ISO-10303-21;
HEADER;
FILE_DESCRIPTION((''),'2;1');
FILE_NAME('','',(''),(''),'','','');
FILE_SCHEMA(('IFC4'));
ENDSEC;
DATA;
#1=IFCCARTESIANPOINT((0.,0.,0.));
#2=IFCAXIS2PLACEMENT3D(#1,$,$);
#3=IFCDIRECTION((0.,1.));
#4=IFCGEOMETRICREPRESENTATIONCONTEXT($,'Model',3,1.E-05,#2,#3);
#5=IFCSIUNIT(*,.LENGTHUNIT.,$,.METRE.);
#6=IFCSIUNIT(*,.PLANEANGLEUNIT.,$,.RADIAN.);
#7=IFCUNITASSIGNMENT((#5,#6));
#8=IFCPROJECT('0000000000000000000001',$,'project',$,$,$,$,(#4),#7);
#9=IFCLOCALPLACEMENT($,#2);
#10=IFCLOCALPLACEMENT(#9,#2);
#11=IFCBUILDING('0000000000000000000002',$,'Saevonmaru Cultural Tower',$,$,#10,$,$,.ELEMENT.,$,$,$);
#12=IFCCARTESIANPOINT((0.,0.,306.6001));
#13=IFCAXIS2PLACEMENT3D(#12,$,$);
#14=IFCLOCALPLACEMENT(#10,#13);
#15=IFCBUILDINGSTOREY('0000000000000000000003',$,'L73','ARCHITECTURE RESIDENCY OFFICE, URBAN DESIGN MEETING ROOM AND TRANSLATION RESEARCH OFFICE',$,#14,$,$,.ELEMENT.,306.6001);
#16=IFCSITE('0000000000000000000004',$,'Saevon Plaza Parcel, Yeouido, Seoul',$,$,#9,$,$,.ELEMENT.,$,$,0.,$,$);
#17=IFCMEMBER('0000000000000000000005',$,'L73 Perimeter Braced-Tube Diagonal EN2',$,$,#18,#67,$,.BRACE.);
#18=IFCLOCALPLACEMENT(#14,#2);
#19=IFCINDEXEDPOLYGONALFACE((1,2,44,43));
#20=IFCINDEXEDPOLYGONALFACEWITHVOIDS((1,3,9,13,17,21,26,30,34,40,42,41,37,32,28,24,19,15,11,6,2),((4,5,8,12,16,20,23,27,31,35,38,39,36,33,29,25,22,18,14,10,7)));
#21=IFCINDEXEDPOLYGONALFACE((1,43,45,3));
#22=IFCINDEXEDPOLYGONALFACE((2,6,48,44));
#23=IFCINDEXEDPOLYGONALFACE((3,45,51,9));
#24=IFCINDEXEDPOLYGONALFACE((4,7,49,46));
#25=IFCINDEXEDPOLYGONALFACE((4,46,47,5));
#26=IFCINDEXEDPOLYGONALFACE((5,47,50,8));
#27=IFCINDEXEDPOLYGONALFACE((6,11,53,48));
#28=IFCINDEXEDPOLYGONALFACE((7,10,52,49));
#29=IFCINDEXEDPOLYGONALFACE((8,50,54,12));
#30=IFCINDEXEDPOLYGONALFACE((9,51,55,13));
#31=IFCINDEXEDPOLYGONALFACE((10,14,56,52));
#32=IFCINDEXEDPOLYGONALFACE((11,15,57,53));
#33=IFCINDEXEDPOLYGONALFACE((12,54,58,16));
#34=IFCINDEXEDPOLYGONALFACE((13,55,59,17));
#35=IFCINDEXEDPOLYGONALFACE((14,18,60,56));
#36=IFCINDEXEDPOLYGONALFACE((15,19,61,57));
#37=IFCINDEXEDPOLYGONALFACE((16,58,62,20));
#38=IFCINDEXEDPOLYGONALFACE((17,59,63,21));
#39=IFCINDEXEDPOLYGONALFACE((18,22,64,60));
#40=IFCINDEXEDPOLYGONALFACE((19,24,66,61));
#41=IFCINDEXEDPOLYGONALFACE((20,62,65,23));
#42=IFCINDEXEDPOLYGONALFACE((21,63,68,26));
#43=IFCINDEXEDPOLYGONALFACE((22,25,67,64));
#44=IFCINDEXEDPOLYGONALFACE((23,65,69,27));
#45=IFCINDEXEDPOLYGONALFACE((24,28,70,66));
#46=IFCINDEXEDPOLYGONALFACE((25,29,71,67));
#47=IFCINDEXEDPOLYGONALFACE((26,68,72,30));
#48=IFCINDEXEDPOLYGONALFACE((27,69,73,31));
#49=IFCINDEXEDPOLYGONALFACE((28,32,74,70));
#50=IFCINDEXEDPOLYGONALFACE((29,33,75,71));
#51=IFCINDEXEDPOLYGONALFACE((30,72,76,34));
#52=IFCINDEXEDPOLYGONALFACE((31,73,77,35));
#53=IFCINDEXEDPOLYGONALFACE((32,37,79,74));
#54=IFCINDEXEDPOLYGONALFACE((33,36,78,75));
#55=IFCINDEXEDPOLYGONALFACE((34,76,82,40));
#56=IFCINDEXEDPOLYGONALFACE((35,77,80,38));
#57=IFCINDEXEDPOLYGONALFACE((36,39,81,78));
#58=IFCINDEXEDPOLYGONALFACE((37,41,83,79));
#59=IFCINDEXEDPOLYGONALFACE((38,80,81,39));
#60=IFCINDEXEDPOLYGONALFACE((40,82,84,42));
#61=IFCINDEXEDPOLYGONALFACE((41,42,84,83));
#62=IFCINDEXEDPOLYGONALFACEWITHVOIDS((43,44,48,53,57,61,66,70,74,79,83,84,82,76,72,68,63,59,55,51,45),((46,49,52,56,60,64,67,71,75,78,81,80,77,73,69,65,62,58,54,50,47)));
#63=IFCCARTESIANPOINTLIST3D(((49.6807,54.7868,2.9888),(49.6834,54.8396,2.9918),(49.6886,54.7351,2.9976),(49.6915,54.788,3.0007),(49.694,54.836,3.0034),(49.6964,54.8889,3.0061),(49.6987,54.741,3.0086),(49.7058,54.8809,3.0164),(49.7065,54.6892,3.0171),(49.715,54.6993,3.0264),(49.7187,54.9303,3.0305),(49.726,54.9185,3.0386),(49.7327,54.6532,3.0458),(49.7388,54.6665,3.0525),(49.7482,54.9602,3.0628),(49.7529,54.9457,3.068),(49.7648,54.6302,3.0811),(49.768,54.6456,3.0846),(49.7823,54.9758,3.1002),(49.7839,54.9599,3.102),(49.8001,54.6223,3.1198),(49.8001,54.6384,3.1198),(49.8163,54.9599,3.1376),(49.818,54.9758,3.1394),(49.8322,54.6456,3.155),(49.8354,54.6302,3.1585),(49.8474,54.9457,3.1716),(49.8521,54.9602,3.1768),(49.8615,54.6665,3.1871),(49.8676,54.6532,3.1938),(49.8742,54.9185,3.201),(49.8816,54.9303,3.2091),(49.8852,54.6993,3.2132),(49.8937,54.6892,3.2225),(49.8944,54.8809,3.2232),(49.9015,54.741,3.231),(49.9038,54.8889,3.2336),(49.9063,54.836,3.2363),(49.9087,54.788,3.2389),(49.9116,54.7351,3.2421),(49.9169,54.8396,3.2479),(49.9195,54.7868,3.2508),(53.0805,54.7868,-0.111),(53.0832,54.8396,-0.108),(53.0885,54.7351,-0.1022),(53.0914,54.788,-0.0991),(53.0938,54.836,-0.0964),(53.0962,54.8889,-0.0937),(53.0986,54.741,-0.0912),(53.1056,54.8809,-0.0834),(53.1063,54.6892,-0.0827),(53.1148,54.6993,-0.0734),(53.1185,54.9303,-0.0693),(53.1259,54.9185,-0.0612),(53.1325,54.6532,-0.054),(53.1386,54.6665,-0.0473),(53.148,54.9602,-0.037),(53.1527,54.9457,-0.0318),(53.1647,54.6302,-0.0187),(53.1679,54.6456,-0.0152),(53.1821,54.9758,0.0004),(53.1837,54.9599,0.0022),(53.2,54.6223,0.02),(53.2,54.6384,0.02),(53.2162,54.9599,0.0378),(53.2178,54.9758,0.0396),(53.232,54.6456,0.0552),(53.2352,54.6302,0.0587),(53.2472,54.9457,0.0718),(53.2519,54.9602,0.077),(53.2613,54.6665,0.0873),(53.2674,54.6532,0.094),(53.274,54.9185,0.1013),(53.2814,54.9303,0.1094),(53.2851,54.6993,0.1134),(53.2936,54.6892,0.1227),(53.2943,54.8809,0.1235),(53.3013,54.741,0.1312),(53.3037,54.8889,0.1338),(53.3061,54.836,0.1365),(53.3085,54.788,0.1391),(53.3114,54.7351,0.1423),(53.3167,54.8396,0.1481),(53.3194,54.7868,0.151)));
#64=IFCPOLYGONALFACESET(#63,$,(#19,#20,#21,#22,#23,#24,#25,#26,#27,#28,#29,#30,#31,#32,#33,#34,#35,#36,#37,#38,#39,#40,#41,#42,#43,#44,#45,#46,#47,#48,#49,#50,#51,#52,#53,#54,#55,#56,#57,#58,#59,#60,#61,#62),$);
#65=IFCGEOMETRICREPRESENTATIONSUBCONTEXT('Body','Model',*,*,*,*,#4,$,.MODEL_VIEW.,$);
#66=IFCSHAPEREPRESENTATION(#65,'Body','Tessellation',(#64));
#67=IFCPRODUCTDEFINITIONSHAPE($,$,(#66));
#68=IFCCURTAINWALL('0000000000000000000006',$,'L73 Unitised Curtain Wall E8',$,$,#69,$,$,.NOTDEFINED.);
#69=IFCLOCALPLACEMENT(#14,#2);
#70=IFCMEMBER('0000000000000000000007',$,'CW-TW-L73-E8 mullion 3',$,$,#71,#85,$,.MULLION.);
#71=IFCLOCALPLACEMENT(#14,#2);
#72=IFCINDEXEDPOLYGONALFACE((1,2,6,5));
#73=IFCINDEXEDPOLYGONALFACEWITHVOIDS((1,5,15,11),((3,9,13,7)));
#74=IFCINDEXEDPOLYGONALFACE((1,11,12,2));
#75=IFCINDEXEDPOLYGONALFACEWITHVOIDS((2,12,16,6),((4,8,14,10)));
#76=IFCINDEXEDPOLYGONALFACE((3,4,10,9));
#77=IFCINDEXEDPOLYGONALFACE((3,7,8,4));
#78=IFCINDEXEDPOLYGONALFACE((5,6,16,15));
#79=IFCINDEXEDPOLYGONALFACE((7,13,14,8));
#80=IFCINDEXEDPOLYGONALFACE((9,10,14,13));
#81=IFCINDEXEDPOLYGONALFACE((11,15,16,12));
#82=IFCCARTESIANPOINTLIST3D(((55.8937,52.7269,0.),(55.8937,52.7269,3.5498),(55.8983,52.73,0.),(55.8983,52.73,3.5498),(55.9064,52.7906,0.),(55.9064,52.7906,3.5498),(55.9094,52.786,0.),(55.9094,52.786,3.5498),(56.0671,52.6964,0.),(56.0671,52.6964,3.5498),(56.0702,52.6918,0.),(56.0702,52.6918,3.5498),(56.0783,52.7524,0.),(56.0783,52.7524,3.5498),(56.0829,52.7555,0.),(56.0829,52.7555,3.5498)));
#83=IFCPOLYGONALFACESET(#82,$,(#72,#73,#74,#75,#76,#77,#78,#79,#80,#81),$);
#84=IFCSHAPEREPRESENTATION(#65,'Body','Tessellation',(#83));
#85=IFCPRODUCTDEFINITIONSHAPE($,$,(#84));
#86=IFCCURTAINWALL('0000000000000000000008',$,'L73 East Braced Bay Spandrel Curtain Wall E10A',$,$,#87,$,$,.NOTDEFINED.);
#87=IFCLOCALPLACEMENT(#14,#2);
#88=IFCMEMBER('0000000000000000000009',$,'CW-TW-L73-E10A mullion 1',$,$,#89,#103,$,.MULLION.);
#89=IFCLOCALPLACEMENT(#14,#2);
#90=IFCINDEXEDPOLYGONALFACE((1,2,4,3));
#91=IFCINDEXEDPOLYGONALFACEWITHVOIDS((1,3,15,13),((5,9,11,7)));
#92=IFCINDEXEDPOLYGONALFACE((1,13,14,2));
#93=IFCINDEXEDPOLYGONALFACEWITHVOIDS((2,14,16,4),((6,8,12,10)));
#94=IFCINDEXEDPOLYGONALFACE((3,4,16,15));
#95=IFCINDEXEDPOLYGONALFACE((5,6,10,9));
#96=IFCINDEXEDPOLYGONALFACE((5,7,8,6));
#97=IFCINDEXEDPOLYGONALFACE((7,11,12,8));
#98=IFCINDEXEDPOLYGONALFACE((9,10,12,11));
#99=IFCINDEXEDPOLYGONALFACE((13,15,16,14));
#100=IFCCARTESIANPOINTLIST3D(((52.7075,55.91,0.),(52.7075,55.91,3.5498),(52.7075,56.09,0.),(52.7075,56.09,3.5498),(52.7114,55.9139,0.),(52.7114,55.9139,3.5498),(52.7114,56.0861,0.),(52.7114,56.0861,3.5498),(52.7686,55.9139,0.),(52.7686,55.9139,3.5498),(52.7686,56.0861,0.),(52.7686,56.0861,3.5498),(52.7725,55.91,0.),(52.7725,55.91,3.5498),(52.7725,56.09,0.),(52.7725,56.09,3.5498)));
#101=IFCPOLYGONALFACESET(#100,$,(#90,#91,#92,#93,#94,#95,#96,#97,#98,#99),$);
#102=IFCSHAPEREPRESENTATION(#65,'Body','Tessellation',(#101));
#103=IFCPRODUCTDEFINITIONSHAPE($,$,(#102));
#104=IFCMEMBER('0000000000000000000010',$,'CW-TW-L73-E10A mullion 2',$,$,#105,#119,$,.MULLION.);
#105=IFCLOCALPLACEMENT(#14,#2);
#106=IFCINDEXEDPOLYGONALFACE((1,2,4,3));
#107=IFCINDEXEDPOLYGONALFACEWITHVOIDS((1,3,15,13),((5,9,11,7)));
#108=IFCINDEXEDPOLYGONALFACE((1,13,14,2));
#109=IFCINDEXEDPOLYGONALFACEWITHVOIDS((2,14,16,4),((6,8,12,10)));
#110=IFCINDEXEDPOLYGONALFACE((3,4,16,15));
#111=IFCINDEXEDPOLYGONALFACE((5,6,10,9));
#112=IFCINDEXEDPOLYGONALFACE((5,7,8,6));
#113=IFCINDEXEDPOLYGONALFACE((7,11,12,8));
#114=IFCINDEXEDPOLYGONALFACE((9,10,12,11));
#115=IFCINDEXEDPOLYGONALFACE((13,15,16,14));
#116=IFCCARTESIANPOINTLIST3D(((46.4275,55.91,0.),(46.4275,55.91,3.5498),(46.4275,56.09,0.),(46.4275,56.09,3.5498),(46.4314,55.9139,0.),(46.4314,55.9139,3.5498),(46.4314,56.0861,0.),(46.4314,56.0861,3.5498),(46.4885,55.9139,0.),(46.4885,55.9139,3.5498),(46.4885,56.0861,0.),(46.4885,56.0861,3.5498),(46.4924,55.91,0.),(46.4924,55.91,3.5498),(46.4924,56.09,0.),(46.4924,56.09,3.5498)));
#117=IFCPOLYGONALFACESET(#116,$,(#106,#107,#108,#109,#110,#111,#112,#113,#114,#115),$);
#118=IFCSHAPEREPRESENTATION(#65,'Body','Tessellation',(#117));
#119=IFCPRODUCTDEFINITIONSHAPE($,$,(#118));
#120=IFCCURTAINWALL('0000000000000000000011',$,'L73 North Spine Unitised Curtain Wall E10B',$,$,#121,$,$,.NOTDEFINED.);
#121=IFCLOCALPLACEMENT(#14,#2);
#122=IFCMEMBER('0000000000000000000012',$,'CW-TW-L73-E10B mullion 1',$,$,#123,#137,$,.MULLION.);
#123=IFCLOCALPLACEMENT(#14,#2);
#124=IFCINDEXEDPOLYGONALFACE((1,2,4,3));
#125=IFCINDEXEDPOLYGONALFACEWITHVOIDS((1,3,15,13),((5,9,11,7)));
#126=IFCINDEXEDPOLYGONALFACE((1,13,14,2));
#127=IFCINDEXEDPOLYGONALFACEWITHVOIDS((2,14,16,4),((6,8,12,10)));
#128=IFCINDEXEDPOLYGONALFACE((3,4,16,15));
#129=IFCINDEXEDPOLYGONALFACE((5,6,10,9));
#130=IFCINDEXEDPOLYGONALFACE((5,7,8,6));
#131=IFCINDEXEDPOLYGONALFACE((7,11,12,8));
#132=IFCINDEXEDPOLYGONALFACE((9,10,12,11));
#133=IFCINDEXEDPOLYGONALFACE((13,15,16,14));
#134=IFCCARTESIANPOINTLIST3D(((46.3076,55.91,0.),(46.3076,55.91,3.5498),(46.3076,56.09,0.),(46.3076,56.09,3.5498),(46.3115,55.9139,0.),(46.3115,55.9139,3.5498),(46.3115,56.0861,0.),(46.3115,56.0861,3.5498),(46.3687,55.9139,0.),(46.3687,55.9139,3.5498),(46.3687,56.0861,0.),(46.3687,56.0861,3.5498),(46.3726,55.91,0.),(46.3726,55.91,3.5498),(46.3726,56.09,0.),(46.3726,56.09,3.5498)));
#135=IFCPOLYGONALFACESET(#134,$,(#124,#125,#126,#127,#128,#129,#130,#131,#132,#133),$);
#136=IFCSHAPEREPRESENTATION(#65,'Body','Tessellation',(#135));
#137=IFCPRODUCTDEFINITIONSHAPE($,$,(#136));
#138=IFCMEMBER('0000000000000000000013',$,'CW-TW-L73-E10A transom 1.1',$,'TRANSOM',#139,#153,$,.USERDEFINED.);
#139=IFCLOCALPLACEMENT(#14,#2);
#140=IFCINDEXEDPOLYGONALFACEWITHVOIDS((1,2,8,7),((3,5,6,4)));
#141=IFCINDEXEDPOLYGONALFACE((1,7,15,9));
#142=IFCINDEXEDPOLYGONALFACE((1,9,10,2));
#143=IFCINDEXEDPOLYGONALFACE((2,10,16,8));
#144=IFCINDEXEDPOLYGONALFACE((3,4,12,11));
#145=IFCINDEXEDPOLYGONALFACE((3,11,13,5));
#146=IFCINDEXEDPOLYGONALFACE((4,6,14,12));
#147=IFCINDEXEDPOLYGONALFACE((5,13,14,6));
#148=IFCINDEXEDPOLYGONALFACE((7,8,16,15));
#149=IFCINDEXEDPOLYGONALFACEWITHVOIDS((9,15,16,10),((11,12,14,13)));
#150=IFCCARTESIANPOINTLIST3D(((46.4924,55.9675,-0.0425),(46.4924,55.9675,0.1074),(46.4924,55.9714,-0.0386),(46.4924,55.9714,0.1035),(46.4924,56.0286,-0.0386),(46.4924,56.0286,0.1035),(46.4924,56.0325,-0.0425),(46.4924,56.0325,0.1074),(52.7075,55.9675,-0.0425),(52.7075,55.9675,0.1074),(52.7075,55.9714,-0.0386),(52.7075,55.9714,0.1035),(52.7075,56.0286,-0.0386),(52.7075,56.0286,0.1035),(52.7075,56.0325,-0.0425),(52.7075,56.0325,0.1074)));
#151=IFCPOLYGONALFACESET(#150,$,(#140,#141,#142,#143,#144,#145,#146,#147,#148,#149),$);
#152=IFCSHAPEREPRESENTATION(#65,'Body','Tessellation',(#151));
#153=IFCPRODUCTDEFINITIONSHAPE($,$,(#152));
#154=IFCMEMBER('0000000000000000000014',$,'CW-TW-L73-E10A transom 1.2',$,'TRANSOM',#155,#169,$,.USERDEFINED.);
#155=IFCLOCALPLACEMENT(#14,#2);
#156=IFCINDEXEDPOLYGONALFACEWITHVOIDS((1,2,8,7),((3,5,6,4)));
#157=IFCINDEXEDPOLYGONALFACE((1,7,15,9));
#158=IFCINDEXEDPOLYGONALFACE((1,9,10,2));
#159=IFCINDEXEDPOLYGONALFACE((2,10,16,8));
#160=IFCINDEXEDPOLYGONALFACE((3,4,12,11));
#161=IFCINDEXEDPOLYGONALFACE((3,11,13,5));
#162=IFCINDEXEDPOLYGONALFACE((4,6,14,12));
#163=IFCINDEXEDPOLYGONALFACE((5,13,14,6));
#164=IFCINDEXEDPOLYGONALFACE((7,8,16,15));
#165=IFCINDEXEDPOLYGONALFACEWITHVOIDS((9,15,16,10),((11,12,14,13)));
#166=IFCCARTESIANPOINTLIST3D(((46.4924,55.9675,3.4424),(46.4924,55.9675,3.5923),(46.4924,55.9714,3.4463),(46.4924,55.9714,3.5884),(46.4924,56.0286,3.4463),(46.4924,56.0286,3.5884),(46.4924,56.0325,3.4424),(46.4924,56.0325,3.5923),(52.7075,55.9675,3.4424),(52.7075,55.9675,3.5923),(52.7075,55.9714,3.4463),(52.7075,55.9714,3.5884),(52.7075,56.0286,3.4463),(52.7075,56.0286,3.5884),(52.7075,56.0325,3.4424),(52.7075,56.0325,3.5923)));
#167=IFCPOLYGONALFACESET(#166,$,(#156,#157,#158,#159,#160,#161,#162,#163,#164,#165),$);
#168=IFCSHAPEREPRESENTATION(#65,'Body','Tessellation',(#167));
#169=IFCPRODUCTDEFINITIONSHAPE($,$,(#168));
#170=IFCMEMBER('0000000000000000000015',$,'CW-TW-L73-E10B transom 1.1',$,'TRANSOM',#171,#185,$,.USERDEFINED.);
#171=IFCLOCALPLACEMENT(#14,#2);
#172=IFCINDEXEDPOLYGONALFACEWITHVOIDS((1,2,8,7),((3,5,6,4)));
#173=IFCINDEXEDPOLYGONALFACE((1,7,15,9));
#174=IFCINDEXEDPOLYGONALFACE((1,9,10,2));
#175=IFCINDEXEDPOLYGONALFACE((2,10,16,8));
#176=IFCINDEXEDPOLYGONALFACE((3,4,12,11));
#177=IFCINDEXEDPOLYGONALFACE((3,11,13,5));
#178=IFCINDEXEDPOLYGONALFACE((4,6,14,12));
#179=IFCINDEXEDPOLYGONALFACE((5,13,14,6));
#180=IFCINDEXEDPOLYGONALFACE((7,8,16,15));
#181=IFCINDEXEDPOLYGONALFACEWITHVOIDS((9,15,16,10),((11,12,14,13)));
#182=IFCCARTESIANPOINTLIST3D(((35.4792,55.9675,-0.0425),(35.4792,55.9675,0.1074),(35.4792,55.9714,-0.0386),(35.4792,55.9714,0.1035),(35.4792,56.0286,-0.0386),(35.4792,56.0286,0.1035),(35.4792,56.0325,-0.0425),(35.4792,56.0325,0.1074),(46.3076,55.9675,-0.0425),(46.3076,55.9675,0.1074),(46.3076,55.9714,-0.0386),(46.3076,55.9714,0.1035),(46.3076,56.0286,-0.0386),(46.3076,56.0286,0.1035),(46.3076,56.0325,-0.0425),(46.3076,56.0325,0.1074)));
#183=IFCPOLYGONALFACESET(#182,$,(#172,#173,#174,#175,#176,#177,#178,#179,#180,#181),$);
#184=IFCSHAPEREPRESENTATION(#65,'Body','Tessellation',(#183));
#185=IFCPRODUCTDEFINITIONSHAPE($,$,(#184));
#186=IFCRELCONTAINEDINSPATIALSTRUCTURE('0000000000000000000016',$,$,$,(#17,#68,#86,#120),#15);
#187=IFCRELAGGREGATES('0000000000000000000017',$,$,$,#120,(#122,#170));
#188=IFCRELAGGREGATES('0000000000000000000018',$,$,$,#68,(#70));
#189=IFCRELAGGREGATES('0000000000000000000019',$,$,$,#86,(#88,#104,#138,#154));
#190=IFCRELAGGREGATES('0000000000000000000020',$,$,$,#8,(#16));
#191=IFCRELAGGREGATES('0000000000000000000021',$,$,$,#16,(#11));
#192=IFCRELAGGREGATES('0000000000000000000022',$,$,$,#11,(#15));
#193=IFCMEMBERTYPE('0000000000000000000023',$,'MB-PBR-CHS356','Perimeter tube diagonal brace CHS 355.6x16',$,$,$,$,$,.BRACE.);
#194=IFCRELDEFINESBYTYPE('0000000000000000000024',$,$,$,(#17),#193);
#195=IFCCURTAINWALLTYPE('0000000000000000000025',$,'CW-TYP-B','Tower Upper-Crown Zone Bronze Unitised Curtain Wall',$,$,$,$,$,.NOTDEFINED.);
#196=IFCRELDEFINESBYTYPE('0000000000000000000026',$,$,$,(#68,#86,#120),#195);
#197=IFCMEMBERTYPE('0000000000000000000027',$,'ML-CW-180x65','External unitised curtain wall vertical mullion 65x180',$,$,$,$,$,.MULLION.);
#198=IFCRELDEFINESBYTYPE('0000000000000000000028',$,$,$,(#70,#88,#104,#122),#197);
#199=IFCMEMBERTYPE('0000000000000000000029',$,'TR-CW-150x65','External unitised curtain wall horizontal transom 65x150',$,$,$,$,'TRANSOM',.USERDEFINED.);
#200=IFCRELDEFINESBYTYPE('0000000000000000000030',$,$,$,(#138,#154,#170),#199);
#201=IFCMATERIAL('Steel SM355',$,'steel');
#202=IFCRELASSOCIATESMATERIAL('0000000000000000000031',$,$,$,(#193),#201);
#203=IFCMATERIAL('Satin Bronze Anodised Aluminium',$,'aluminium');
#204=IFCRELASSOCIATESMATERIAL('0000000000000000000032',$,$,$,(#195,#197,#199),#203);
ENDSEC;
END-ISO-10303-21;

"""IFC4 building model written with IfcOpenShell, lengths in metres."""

from ifc_helpers import new_model, si_unit, direction, frame, origin, origin_2d, place, context, subcontext, project, spatial, hollow_rectangle, hollow_circle, extrude, material, material_profile, profile_set, type_object, element, aggregate, save


model = new_model("IFC4")

# Units and contexts
model_context = context("Model", 3, precision=1e-05, world=origin(), true_north=direction((0.0, 1.0)))
body_context = subcontext(model_context, "Body", "Model", "MODEL_VIEW")
ifc_project = project(units=[si_unit("LENGTHUNIT", "METRE"), si_unit("PLANEANGLEUNIT", "RADIAN")], contexts=[model_context])

# Site, building, storey
site_placement = place(None, origin())
site = spatial("IfcSite", under=ifc_project, at=site_placement, Name="Saevon Plaza Parcel, Yeouido, Seoul", CompositionType="ELEMENT", RefElevation=0.0)
building_placement = place(site_placement, origin())
building = spatial("IfcBuilding", under=site, at=building_placement, Name="Saevonmaru Cultural Tower", CompositionType="ELEMENT")
storey_placement = place(building_placement, frame((0.0, 0.0, 306.6001)))
storey = spatial("IfcBuildingStorey", under=building, at=storey_placement, Name="L73", Description="ARCHITECTURE RESIDENCY OFFICE, URBAN DESIGN MEETING ROOM AND TRANSLATION RESEARCH OFFICE", CompositionType="ELEMENT", Elevation=306.6001)

# Shared definitions
ifc_material_1 = material(Name="Steel SM355", Category="steel")

# Member
ifc_material_profile_1 = material_profile(ifc_material_1, hollow_circle(Radius=0.1777, WallThickness=0.0161, at=origin_2d()), Name="CHS-355.6x16")
ifc_profile_set_1 = profile_set([ifc_material_profile_1], Name="Steel SM355")
member_type_1 = type_object("IfcMemberType", Name="MB-PBR-CHS356", Description="Perimeter tube diagonal brace CHS 355.6x16", PredefinedType="BRACE", material=ifc_profile_set_1)
member_1_placement = place(storey_placement, frame((53.2, 54.8, 0.02), z_axis=(-0.738962, 0.0, 0.673747), x_axis=(0.0, -1.0, 0.0)))
element("IfcMember", 1, at=member_1_placement, inside=storey, type_object=member_type_1, Name="L73 Perimeter Braced-Tube Diagonal EN2", PredefinedType="BRACE", context=body_context, shape_type="SweptSolid", body=[
    extrude(hollow_circle(Radius=0.1777, WallThickness=0.0161, at=origin_2d()), origin(), (0.0, 0.0, 1.0), 4.6008),
])

# Curtain wall, member
ifc_material_2 = material(Name="Satin Bronze Anodised Aluminium", Category="aluminium")
curtain_wall_type = type_object("IfcCurtainWallType", Name="CW-TYP-B", Description="Tower Upper-Crown Zone Bronze Unitised Curtain Wall", PredefinedType="NOTDEFINED", material=ifc_material_2)
curtain_wall_1_placement = place(storey_placement, origin())
curtain_wall_1 = element("IfcCurtainWall", 2, at=curtain_wall_1_placement, inside=storey, type_object=curtain_wall_type, Name="L73 Unitised Curtain Wall E8", PredefinedType="NOTDEFINED")
ifc_material_profile_2 = material_profile(ifc_material_2, hollow_rectangle(XDim=0.0649, YDim=0.1799, WallThickness=0.0039, at=origin_2d()), Name="ALU-MULL-180x65x4")
ifc_profile_set_2 = profile_set([ifc_material_profile_2], Name="Satin Bronze Anodised Aluminium")
member_type_2 = type_object("IfcMemberType", Name="ML-CW-180x65", Description="External unitised curtain wall vertical mullion 65x180", PredefinedType="MULLION", material=ifc_profile_set_2)
member_2_placement = place(storey_placement, frame((55.9883, 52.7412, 0.0), z_axis=(0.0, 0.0, 1.0), x_axis=(0.195005, 0.980802, 0.0)))
member_2 = element("IfcMember", 3, at=member_2_placement, type_object=member_type_2, Name="CW-TW-L73-E8 mullion 3", PredefinedType="MULLION", context=body_context, shape_type="SweptSolid", body=[
    extrude(hollow_rectangle(XDim=0.0649, YDim=0.1799, WallThickness=0.0039, at=origin_2d()), origin(), (0.0, 0.0, 1.0), 3.5498),
])

# Curtain wall, members
curtain_wall_2_placement = place(storey_placement, origin())
curtain_wall_2 = element("IfcCurtainWall", 4, at=curtain_wall_2_placement, inside=storey, type_object=curtain_wall_type, Name="L73 East Braced Bay Spandrel Curtain Wall E10A", PredefinedType="NOTDEFINED")
member_3_placement = place(storey_placement, frame((52.74, 56.0, 0.0), z_axis=(0.0, 0.0, 1.0), x_axis=(-1.0, 0.0, 0.0)))
member_3 = element("IfcMember", 5, at=member_3_placement, type_object=member_type_2, Name="CW-TW-L73-E10A mullion 1", PredefinedType="MULLION", context=body_context, shape_type="SweptSolid", body=[
    extrude(hollow_rectangle(XDim=0.0649, YDim=0.1799, WallThickness=0.0039, at=origin_2d()), origin(), (0.0, 0.0, 1.0), 3.5498),
])
member_4_placement = place(storey_placement, frame((46.46, 56.0, 0.0), z_axis=(0.0, 0.0, 1.0), x_axis=(-1.0, 0.0, 0.0)))
member_4 = element("IfcMember", 6, at=member_4_placement, type_object=member_type_2, Name="CW-TW-L73-E10A mullion 2", PredefinedType="MULLION", context=body_context, shape_type="SweptSolid", body=[
    extrude(hollow_rectangle(XDim=0.0649, YDim=0.1799, WallThickness=0.0039, at=origin_2d()), origin(), (0.0, 0.0, 1.0), 3.5498),
])

# Curtain wall, member
curtain_wall_3_placement = place(storey_placement, origin())
curtain_wall_3 = element("IfcCurtainWall", 7, at=curtain_wall_3_placement, inside=storey, type_object=curtain_wall_type, Name="L73 North Spine Unitised Curtain Wall E10B", PredefinedType="NOTDEFINED")
member_5_placement = place(storey_placement, frame((46.3401, 56.0, 0.0), z_axis=(0.0, 0.0, 1.0), x_axis=(-1.0, 0.0, 0.0)))
member_5 = element("IfcMember", 8, at=member_5_placement, type_object=member_type_2, Name="CW-TW-L73-E10B mullion 1", PredefinedType="MULLION", context=body_context, shape_type="SweptSolid", body=[
    extrude(hollow_rectangle(XDim=0.0649, YDim=0.1799, WallThickness=0.0039, at=origin_2d()), origin(), (0.0, 0.0, 1.0), 3.5498),
])

# Members
ifc_material_profile_3 = material_profile(ifc_material_2, hollow_rectangle(XDim=0.0649, YDim=0.1499, WallThickness=0.0039, at=origin_2d()), Name="ALU-TRAN-150x65x4")
ifc_profile_set_3 = profile_set([ifc_material_profile_3], Name="Satin Bronze Anodised Aluminium")
member_type_3 = type_object("IfcMemberType", Name="TR-CW-150x65", Description="External unitised curtain wall horizontal transom 65x150", ElementType="TRANSOM", PredefinedType="USERDEFINED", material=ifc_profile_set_3)
member_6_placement = place(storey_placement, frame((52.7075, 56.0, 0.0325), z_axis=(-1.0, 0.0, 0.0), x_axis=(0.0, -1.0, 0.0)))
member_6 = element("IfcMember", 9, at=member_6_placement, type_object=member_type_3, Name="CW-TW-L73-E10A transom 1.1", ObjectType="TRANSOM", PredefinedType="USERDEFINED", context=body_context, shape_type="SweptSolid", body=[
    extrude(hollow_rectangle(XDim=0.0649, YDim=0.1499, WallThickness=0.0039, at=origin_2d()), origin(), (0.0, 0.0, 1.0), 6.2151),
])
member_7_placement = place(storey_placement, frame((52.7075, 56.0, 3.5173), z_axis=(-1.0, 0.0, 0.0), x_axis=(0.0, -1.0, 0.0)))
member_7 = element("IfcMember", 10, at=member_7_placement, type_object=member_type_3, Name="CW-TW-L73-E10A transom 1.2", ObjectType="TRANSOM", PredefinedType="USERDEFINED", context=body_context, shape_type="SweptSolid", body=[
    extrude(hollow_rectangle(XDim=0.0649, YDim=0.1499, WallThickness=0.0039, at=origin_2d()), origin(), (0.0, 0.0, 1.0), 6.2151),
])
member_8_placement = place(storey_placement, frame((46.3076, 56.0, 0.0325), z_axis=(-1.0, 0.0, 0.0), x_axis=(0.0, -1.0, 0.0)))
member_8 = element("IfcMember", 11, at=member_8_placement, type_object=member_type_3, Name="CW-TW-L73-E10B transom 1.1", ObjectType="TRANSOM", PredefinedType="USERDEFINED", context=body_context, shape_type="SweptSolid", body=[
    extrude(hollow_rectangle(XDim=0.0649, YDim=0.1499, WallThickness=0.0039, at=origin_2d()), origin(), (0.0, 0.0, 1.0), 10.8284),
])
aggregate(curtain_wall_3, [member_5, member_8])

aggregate(curtain_wall_1, [member_2])
aggregate(curtain_wall_2, [member_3, member_4, member_6, member_7])

save(model, "model.ifc")
